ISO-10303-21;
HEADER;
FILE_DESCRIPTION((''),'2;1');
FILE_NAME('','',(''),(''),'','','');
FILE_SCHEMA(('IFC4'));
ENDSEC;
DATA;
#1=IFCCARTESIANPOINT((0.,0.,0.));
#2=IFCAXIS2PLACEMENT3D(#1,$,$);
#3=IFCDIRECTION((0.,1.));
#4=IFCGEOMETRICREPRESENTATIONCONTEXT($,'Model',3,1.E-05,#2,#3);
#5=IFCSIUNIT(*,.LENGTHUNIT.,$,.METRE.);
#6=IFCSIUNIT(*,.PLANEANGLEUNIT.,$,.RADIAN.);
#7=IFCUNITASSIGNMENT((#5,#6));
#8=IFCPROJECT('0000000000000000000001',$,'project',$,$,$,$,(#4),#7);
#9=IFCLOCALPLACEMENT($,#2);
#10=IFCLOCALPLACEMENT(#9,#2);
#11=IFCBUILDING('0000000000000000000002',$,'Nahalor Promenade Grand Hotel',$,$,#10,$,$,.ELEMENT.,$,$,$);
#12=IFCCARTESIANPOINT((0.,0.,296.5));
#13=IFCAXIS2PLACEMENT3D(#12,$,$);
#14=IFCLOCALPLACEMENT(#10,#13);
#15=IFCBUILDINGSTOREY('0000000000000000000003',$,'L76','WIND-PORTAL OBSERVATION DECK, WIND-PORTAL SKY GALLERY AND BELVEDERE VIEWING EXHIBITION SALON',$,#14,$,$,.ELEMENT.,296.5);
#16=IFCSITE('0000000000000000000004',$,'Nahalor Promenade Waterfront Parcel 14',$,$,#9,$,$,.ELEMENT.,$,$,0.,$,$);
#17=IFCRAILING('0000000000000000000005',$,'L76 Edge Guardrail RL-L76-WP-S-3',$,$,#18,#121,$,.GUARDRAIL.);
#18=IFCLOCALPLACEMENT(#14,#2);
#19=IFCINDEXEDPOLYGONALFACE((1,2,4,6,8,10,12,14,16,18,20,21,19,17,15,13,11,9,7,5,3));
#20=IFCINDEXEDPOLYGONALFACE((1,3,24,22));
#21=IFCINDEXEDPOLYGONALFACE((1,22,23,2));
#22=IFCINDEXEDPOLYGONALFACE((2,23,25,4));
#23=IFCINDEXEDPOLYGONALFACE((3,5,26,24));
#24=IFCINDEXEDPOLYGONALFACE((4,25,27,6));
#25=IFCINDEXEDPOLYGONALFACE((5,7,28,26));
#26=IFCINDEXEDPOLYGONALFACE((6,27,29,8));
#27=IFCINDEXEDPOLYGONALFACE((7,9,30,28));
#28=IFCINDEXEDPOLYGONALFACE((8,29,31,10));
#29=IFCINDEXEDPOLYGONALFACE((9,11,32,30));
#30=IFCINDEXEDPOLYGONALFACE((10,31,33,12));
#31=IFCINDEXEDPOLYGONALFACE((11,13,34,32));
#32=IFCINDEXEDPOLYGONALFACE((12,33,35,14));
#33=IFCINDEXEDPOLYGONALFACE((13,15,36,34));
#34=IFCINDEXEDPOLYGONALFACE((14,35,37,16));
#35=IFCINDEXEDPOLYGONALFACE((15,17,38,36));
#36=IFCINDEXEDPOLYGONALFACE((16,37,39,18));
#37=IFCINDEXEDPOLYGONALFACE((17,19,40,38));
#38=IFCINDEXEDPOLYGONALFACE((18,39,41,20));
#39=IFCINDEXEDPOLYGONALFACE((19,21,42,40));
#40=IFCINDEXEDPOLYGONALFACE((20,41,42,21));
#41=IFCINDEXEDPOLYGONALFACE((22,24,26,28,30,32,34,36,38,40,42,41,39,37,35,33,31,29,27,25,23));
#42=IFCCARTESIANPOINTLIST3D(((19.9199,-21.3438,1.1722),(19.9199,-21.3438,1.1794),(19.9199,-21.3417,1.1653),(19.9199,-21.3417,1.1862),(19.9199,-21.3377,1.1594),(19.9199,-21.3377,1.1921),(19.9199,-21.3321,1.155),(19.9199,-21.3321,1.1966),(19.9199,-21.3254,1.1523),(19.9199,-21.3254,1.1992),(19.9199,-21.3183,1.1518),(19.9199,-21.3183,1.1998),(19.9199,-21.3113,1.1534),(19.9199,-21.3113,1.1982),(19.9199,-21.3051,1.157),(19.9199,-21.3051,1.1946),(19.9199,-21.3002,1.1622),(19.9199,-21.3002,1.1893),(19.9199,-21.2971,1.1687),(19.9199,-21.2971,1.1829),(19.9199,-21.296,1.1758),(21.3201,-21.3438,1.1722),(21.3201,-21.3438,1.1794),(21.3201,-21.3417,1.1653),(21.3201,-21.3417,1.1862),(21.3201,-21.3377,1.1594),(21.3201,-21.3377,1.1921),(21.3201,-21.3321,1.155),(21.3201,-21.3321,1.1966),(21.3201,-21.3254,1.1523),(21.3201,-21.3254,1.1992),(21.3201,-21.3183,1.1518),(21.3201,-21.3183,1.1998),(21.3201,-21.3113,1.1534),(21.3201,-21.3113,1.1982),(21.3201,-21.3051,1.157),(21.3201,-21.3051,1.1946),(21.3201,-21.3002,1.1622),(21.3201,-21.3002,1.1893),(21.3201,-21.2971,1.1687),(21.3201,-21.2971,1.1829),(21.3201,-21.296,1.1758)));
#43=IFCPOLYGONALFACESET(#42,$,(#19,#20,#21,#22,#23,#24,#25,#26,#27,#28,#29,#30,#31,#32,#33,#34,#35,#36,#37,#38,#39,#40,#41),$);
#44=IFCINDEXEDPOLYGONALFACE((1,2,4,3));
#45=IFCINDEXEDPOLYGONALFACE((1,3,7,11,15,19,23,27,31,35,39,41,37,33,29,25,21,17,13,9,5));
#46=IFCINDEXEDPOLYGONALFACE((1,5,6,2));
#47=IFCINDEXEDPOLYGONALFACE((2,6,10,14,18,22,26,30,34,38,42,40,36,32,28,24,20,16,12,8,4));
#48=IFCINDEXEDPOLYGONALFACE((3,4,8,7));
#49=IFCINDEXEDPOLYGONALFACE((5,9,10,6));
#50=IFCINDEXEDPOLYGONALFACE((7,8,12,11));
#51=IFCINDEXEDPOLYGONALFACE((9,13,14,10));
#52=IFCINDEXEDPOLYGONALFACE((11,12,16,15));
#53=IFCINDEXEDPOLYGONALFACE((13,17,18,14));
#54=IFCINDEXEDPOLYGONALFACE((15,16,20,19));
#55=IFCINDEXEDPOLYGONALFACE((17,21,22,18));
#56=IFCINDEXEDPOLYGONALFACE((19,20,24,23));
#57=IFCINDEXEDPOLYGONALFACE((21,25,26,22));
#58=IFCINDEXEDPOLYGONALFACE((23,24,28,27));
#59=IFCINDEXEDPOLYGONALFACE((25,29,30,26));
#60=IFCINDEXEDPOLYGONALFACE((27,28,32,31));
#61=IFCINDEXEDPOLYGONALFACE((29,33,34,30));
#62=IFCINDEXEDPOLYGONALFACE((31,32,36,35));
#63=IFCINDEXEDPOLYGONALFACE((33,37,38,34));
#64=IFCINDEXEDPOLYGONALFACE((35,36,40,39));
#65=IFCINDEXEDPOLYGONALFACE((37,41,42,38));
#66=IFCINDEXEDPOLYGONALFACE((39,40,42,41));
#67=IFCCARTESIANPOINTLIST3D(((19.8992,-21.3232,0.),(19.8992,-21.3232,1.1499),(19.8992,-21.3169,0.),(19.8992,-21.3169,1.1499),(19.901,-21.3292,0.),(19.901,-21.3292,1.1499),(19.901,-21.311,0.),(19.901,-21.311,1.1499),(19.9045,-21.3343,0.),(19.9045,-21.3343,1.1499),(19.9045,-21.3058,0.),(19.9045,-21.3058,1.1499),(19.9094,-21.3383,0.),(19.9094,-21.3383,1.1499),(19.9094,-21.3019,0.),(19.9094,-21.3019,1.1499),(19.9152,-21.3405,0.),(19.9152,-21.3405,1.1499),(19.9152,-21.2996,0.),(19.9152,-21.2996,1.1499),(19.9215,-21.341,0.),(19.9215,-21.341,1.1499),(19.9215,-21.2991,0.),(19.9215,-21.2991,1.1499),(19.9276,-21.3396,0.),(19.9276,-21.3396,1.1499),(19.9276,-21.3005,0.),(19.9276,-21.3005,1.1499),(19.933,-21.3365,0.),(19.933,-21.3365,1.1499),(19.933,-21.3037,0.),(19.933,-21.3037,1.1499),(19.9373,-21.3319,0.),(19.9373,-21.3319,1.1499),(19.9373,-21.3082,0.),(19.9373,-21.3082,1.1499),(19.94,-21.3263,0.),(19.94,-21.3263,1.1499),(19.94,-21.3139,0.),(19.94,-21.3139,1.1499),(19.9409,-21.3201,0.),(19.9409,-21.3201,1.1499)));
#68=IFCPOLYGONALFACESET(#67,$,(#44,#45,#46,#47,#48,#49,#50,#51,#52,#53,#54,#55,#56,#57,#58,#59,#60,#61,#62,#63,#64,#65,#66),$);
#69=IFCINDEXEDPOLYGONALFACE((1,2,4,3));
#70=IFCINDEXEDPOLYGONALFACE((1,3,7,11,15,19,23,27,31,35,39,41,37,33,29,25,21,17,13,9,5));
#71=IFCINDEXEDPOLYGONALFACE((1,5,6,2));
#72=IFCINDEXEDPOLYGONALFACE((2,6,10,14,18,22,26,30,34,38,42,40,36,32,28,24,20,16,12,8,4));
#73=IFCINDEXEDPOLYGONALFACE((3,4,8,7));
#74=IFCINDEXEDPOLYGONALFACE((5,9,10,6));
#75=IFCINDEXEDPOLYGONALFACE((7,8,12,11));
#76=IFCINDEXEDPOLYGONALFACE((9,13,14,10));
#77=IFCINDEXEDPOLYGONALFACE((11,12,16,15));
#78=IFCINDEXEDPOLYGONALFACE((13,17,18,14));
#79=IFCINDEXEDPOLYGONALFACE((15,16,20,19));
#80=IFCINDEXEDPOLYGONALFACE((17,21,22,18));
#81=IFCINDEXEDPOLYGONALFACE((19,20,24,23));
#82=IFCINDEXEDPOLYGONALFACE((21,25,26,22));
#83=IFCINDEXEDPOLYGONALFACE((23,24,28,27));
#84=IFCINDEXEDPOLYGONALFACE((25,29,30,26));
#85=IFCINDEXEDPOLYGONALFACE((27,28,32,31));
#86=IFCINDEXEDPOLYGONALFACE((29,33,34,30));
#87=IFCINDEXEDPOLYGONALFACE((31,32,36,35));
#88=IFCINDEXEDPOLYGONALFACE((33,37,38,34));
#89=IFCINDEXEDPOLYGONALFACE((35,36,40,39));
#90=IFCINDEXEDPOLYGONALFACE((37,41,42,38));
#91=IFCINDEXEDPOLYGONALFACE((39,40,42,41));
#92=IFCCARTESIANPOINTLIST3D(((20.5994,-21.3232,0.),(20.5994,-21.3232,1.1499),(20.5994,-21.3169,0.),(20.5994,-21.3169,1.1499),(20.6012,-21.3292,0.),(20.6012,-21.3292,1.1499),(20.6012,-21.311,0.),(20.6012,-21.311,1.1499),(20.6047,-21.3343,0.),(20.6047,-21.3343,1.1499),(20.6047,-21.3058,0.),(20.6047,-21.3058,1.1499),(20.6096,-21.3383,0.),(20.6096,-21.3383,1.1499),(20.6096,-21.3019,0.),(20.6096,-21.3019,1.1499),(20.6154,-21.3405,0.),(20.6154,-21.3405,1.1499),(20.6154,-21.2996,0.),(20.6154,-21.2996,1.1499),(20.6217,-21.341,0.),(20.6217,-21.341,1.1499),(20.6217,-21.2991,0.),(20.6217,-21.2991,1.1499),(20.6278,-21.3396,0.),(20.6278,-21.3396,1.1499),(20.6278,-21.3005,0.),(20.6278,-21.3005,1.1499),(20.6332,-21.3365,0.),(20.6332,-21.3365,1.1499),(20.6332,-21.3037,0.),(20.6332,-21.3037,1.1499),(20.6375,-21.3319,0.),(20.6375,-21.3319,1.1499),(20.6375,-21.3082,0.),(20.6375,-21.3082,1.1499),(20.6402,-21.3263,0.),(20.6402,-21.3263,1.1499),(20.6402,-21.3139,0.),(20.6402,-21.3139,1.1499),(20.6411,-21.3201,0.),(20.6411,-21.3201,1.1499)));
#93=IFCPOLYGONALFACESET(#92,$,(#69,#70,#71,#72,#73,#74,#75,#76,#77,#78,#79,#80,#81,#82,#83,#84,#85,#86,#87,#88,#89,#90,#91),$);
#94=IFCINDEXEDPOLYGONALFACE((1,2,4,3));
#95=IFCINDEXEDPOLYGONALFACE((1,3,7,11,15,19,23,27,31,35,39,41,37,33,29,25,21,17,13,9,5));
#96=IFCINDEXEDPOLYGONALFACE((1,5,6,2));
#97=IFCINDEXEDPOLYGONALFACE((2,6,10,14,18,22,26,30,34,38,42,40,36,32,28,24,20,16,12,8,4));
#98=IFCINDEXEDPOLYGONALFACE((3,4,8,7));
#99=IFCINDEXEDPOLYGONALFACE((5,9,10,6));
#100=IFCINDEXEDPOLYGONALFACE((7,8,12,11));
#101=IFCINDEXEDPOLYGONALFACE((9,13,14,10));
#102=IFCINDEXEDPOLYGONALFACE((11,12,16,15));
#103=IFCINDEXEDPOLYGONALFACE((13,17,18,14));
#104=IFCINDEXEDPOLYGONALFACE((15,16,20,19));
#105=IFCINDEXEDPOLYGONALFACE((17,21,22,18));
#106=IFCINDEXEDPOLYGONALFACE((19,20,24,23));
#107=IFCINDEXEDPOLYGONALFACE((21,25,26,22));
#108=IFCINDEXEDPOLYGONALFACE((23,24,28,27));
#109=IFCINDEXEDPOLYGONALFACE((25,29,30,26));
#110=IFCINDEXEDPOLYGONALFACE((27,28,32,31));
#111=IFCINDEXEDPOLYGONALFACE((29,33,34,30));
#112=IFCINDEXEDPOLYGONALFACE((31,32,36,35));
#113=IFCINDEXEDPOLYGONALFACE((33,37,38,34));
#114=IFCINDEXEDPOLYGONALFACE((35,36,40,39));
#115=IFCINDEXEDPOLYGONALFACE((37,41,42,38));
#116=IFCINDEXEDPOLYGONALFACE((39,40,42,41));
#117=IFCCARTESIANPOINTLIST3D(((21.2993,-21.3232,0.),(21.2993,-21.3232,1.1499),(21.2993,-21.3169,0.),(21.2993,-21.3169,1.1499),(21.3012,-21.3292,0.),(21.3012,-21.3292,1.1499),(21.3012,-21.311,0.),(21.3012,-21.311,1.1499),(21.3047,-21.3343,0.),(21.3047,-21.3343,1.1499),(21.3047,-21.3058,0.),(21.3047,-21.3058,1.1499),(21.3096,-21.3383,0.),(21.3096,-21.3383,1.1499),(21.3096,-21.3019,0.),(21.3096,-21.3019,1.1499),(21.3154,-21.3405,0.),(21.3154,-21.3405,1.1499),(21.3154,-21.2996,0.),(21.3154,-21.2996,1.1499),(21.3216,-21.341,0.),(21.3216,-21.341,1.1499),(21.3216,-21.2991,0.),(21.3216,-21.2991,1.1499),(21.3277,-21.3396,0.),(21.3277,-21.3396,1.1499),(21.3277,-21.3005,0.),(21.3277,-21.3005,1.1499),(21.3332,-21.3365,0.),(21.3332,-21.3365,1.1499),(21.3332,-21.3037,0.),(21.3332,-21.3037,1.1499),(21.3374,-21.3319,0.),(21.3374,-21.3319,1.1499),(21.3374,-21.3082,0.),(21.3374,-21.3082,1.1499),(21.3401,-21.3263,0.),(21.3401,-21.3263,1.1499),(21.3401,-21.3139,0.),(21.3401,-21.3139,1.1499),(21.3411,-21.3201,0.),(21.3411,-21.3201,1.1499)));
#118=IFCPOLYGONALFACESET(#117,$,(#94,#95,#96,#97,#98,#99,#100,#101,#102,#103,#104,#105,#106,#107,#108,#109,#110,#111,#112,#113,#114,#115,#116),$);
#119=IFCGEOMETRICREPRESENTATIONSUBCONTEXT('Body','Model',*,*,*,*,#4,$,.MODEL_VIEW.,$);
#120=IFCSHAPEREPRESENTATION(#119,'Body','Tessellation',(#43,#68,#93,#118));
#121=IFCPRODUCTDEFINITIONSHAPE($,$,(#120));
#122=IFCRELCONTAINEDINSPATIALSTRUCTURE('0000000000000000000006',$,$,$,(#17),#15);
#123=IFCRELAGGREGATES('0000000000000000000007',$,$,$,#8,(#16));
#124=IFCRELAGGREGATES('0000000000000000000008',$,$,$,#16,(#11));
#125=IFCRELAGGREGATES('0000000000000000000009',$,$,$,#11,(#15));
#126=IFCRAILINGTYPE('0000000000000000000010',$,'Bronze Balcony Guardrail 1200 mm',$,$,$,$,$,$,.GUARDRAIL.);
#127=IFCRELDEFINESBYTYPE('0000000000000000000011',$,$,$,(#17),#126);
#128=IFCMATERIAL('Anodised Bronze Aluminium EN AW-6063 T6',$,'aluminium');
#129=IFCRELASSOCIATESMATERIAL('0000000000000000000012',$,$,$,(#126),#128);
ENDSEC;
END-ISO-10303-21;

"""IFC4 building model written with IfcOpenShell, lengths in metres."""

from ifc_helpers import new_model, si_unit, direction, frame, origin, origin_2d, place, context, subcontext, project, spatial, circle, extrude, material, type_object, element, save


model = new_model("IFC4")

# Units and contexts
model_context = context("Model", 3, precision=1e-05, world=origin(), true_north=direction((0.0, 1.0)))
body_context = subcontext(model_context, "Body", "Model", "MODEL_VIEW")
ifc_project = project(units=[si_unit("LENGTHUNIT", "METRE"), si_unit("PLANEANGLEUNIT", "RADIAN")], contexts=[model_context])

# Site, building, storey
site_placement = place(None, origin())
site = spatial("IfcSite", under=ifc_project, at=site_placement, Name="Nahalor Promenade Waterfront Parcel 14", CompositionType="ELEMENT", RefElevation=0.0)
building_placement = place(site_placement, origin())
building = spatial("IfcBuilding", under=site, at=building_placement, Name="Nahalor Promenade Grand Hotel", CompositionType="ELEMENT")
storey_placement = place(building_placement, frame((0.0, 0.0, 296.5)))
storey = spatial("IfcBuildingStorey", under=building, at=storey_placement, Name="L76", Description="WIND-PORTAL OBSERVATION DECK, WIND-PORTAL SKY GALLERY AND BELVEDERE VIEWING EXHIBITION SALON", CompositionType="ELEMENT", Elevation=296.5)

# Railing
ifc_material_1 = material(Name="Anodised Bronze Aluminium EN AW-6063 T6", Category="aluminium")
railing_type = type_object("IfcRailingType", Name="Bronze Balcony Guardrail 1200 mm", PredefinedType="GUARDRAIL", material=ifc_material_1)
railing_1_placement = place(storey_placement, frame((19.9199, -21.3201, 0.0)))
element("IfcRailing", 1, at=railing_1_placement, inside=storey, type_object=railing_type, Name="L76 Edge Guardrail RL-L76-WP-S-3", PredefinedType="GUARDRAIL", context=body_context, shape_type="SweptSolid", body=[
    extrude(circle(Radius=0.024, at=origin_2d()), frame((0.0, 0.0, 1.1758), z_axis=(1.0, 0.0, 0.0), x_axis=(0.0, 1.0, 0.0)), (0.0, 0.0, 1.0), 1.4001),
    extrude(circle(Radius=0.021, at=origin_2d()), origin(), (0.0, 0.0, 1.0), 1.1499),
    extrude(circle(Radius=0.021, at=origin_2d()), frame((0.7002, 0.0, 0.0)), (0.0, 0.0, 1.0), 1.1499),
    extrude(circle(Radius=0.021, at=origin_2d()), frame((1.4001, 0.0, 0.0)), (0.0, 0.0, 1.0), 1.1499),
])

save(model, "model.ifc")
